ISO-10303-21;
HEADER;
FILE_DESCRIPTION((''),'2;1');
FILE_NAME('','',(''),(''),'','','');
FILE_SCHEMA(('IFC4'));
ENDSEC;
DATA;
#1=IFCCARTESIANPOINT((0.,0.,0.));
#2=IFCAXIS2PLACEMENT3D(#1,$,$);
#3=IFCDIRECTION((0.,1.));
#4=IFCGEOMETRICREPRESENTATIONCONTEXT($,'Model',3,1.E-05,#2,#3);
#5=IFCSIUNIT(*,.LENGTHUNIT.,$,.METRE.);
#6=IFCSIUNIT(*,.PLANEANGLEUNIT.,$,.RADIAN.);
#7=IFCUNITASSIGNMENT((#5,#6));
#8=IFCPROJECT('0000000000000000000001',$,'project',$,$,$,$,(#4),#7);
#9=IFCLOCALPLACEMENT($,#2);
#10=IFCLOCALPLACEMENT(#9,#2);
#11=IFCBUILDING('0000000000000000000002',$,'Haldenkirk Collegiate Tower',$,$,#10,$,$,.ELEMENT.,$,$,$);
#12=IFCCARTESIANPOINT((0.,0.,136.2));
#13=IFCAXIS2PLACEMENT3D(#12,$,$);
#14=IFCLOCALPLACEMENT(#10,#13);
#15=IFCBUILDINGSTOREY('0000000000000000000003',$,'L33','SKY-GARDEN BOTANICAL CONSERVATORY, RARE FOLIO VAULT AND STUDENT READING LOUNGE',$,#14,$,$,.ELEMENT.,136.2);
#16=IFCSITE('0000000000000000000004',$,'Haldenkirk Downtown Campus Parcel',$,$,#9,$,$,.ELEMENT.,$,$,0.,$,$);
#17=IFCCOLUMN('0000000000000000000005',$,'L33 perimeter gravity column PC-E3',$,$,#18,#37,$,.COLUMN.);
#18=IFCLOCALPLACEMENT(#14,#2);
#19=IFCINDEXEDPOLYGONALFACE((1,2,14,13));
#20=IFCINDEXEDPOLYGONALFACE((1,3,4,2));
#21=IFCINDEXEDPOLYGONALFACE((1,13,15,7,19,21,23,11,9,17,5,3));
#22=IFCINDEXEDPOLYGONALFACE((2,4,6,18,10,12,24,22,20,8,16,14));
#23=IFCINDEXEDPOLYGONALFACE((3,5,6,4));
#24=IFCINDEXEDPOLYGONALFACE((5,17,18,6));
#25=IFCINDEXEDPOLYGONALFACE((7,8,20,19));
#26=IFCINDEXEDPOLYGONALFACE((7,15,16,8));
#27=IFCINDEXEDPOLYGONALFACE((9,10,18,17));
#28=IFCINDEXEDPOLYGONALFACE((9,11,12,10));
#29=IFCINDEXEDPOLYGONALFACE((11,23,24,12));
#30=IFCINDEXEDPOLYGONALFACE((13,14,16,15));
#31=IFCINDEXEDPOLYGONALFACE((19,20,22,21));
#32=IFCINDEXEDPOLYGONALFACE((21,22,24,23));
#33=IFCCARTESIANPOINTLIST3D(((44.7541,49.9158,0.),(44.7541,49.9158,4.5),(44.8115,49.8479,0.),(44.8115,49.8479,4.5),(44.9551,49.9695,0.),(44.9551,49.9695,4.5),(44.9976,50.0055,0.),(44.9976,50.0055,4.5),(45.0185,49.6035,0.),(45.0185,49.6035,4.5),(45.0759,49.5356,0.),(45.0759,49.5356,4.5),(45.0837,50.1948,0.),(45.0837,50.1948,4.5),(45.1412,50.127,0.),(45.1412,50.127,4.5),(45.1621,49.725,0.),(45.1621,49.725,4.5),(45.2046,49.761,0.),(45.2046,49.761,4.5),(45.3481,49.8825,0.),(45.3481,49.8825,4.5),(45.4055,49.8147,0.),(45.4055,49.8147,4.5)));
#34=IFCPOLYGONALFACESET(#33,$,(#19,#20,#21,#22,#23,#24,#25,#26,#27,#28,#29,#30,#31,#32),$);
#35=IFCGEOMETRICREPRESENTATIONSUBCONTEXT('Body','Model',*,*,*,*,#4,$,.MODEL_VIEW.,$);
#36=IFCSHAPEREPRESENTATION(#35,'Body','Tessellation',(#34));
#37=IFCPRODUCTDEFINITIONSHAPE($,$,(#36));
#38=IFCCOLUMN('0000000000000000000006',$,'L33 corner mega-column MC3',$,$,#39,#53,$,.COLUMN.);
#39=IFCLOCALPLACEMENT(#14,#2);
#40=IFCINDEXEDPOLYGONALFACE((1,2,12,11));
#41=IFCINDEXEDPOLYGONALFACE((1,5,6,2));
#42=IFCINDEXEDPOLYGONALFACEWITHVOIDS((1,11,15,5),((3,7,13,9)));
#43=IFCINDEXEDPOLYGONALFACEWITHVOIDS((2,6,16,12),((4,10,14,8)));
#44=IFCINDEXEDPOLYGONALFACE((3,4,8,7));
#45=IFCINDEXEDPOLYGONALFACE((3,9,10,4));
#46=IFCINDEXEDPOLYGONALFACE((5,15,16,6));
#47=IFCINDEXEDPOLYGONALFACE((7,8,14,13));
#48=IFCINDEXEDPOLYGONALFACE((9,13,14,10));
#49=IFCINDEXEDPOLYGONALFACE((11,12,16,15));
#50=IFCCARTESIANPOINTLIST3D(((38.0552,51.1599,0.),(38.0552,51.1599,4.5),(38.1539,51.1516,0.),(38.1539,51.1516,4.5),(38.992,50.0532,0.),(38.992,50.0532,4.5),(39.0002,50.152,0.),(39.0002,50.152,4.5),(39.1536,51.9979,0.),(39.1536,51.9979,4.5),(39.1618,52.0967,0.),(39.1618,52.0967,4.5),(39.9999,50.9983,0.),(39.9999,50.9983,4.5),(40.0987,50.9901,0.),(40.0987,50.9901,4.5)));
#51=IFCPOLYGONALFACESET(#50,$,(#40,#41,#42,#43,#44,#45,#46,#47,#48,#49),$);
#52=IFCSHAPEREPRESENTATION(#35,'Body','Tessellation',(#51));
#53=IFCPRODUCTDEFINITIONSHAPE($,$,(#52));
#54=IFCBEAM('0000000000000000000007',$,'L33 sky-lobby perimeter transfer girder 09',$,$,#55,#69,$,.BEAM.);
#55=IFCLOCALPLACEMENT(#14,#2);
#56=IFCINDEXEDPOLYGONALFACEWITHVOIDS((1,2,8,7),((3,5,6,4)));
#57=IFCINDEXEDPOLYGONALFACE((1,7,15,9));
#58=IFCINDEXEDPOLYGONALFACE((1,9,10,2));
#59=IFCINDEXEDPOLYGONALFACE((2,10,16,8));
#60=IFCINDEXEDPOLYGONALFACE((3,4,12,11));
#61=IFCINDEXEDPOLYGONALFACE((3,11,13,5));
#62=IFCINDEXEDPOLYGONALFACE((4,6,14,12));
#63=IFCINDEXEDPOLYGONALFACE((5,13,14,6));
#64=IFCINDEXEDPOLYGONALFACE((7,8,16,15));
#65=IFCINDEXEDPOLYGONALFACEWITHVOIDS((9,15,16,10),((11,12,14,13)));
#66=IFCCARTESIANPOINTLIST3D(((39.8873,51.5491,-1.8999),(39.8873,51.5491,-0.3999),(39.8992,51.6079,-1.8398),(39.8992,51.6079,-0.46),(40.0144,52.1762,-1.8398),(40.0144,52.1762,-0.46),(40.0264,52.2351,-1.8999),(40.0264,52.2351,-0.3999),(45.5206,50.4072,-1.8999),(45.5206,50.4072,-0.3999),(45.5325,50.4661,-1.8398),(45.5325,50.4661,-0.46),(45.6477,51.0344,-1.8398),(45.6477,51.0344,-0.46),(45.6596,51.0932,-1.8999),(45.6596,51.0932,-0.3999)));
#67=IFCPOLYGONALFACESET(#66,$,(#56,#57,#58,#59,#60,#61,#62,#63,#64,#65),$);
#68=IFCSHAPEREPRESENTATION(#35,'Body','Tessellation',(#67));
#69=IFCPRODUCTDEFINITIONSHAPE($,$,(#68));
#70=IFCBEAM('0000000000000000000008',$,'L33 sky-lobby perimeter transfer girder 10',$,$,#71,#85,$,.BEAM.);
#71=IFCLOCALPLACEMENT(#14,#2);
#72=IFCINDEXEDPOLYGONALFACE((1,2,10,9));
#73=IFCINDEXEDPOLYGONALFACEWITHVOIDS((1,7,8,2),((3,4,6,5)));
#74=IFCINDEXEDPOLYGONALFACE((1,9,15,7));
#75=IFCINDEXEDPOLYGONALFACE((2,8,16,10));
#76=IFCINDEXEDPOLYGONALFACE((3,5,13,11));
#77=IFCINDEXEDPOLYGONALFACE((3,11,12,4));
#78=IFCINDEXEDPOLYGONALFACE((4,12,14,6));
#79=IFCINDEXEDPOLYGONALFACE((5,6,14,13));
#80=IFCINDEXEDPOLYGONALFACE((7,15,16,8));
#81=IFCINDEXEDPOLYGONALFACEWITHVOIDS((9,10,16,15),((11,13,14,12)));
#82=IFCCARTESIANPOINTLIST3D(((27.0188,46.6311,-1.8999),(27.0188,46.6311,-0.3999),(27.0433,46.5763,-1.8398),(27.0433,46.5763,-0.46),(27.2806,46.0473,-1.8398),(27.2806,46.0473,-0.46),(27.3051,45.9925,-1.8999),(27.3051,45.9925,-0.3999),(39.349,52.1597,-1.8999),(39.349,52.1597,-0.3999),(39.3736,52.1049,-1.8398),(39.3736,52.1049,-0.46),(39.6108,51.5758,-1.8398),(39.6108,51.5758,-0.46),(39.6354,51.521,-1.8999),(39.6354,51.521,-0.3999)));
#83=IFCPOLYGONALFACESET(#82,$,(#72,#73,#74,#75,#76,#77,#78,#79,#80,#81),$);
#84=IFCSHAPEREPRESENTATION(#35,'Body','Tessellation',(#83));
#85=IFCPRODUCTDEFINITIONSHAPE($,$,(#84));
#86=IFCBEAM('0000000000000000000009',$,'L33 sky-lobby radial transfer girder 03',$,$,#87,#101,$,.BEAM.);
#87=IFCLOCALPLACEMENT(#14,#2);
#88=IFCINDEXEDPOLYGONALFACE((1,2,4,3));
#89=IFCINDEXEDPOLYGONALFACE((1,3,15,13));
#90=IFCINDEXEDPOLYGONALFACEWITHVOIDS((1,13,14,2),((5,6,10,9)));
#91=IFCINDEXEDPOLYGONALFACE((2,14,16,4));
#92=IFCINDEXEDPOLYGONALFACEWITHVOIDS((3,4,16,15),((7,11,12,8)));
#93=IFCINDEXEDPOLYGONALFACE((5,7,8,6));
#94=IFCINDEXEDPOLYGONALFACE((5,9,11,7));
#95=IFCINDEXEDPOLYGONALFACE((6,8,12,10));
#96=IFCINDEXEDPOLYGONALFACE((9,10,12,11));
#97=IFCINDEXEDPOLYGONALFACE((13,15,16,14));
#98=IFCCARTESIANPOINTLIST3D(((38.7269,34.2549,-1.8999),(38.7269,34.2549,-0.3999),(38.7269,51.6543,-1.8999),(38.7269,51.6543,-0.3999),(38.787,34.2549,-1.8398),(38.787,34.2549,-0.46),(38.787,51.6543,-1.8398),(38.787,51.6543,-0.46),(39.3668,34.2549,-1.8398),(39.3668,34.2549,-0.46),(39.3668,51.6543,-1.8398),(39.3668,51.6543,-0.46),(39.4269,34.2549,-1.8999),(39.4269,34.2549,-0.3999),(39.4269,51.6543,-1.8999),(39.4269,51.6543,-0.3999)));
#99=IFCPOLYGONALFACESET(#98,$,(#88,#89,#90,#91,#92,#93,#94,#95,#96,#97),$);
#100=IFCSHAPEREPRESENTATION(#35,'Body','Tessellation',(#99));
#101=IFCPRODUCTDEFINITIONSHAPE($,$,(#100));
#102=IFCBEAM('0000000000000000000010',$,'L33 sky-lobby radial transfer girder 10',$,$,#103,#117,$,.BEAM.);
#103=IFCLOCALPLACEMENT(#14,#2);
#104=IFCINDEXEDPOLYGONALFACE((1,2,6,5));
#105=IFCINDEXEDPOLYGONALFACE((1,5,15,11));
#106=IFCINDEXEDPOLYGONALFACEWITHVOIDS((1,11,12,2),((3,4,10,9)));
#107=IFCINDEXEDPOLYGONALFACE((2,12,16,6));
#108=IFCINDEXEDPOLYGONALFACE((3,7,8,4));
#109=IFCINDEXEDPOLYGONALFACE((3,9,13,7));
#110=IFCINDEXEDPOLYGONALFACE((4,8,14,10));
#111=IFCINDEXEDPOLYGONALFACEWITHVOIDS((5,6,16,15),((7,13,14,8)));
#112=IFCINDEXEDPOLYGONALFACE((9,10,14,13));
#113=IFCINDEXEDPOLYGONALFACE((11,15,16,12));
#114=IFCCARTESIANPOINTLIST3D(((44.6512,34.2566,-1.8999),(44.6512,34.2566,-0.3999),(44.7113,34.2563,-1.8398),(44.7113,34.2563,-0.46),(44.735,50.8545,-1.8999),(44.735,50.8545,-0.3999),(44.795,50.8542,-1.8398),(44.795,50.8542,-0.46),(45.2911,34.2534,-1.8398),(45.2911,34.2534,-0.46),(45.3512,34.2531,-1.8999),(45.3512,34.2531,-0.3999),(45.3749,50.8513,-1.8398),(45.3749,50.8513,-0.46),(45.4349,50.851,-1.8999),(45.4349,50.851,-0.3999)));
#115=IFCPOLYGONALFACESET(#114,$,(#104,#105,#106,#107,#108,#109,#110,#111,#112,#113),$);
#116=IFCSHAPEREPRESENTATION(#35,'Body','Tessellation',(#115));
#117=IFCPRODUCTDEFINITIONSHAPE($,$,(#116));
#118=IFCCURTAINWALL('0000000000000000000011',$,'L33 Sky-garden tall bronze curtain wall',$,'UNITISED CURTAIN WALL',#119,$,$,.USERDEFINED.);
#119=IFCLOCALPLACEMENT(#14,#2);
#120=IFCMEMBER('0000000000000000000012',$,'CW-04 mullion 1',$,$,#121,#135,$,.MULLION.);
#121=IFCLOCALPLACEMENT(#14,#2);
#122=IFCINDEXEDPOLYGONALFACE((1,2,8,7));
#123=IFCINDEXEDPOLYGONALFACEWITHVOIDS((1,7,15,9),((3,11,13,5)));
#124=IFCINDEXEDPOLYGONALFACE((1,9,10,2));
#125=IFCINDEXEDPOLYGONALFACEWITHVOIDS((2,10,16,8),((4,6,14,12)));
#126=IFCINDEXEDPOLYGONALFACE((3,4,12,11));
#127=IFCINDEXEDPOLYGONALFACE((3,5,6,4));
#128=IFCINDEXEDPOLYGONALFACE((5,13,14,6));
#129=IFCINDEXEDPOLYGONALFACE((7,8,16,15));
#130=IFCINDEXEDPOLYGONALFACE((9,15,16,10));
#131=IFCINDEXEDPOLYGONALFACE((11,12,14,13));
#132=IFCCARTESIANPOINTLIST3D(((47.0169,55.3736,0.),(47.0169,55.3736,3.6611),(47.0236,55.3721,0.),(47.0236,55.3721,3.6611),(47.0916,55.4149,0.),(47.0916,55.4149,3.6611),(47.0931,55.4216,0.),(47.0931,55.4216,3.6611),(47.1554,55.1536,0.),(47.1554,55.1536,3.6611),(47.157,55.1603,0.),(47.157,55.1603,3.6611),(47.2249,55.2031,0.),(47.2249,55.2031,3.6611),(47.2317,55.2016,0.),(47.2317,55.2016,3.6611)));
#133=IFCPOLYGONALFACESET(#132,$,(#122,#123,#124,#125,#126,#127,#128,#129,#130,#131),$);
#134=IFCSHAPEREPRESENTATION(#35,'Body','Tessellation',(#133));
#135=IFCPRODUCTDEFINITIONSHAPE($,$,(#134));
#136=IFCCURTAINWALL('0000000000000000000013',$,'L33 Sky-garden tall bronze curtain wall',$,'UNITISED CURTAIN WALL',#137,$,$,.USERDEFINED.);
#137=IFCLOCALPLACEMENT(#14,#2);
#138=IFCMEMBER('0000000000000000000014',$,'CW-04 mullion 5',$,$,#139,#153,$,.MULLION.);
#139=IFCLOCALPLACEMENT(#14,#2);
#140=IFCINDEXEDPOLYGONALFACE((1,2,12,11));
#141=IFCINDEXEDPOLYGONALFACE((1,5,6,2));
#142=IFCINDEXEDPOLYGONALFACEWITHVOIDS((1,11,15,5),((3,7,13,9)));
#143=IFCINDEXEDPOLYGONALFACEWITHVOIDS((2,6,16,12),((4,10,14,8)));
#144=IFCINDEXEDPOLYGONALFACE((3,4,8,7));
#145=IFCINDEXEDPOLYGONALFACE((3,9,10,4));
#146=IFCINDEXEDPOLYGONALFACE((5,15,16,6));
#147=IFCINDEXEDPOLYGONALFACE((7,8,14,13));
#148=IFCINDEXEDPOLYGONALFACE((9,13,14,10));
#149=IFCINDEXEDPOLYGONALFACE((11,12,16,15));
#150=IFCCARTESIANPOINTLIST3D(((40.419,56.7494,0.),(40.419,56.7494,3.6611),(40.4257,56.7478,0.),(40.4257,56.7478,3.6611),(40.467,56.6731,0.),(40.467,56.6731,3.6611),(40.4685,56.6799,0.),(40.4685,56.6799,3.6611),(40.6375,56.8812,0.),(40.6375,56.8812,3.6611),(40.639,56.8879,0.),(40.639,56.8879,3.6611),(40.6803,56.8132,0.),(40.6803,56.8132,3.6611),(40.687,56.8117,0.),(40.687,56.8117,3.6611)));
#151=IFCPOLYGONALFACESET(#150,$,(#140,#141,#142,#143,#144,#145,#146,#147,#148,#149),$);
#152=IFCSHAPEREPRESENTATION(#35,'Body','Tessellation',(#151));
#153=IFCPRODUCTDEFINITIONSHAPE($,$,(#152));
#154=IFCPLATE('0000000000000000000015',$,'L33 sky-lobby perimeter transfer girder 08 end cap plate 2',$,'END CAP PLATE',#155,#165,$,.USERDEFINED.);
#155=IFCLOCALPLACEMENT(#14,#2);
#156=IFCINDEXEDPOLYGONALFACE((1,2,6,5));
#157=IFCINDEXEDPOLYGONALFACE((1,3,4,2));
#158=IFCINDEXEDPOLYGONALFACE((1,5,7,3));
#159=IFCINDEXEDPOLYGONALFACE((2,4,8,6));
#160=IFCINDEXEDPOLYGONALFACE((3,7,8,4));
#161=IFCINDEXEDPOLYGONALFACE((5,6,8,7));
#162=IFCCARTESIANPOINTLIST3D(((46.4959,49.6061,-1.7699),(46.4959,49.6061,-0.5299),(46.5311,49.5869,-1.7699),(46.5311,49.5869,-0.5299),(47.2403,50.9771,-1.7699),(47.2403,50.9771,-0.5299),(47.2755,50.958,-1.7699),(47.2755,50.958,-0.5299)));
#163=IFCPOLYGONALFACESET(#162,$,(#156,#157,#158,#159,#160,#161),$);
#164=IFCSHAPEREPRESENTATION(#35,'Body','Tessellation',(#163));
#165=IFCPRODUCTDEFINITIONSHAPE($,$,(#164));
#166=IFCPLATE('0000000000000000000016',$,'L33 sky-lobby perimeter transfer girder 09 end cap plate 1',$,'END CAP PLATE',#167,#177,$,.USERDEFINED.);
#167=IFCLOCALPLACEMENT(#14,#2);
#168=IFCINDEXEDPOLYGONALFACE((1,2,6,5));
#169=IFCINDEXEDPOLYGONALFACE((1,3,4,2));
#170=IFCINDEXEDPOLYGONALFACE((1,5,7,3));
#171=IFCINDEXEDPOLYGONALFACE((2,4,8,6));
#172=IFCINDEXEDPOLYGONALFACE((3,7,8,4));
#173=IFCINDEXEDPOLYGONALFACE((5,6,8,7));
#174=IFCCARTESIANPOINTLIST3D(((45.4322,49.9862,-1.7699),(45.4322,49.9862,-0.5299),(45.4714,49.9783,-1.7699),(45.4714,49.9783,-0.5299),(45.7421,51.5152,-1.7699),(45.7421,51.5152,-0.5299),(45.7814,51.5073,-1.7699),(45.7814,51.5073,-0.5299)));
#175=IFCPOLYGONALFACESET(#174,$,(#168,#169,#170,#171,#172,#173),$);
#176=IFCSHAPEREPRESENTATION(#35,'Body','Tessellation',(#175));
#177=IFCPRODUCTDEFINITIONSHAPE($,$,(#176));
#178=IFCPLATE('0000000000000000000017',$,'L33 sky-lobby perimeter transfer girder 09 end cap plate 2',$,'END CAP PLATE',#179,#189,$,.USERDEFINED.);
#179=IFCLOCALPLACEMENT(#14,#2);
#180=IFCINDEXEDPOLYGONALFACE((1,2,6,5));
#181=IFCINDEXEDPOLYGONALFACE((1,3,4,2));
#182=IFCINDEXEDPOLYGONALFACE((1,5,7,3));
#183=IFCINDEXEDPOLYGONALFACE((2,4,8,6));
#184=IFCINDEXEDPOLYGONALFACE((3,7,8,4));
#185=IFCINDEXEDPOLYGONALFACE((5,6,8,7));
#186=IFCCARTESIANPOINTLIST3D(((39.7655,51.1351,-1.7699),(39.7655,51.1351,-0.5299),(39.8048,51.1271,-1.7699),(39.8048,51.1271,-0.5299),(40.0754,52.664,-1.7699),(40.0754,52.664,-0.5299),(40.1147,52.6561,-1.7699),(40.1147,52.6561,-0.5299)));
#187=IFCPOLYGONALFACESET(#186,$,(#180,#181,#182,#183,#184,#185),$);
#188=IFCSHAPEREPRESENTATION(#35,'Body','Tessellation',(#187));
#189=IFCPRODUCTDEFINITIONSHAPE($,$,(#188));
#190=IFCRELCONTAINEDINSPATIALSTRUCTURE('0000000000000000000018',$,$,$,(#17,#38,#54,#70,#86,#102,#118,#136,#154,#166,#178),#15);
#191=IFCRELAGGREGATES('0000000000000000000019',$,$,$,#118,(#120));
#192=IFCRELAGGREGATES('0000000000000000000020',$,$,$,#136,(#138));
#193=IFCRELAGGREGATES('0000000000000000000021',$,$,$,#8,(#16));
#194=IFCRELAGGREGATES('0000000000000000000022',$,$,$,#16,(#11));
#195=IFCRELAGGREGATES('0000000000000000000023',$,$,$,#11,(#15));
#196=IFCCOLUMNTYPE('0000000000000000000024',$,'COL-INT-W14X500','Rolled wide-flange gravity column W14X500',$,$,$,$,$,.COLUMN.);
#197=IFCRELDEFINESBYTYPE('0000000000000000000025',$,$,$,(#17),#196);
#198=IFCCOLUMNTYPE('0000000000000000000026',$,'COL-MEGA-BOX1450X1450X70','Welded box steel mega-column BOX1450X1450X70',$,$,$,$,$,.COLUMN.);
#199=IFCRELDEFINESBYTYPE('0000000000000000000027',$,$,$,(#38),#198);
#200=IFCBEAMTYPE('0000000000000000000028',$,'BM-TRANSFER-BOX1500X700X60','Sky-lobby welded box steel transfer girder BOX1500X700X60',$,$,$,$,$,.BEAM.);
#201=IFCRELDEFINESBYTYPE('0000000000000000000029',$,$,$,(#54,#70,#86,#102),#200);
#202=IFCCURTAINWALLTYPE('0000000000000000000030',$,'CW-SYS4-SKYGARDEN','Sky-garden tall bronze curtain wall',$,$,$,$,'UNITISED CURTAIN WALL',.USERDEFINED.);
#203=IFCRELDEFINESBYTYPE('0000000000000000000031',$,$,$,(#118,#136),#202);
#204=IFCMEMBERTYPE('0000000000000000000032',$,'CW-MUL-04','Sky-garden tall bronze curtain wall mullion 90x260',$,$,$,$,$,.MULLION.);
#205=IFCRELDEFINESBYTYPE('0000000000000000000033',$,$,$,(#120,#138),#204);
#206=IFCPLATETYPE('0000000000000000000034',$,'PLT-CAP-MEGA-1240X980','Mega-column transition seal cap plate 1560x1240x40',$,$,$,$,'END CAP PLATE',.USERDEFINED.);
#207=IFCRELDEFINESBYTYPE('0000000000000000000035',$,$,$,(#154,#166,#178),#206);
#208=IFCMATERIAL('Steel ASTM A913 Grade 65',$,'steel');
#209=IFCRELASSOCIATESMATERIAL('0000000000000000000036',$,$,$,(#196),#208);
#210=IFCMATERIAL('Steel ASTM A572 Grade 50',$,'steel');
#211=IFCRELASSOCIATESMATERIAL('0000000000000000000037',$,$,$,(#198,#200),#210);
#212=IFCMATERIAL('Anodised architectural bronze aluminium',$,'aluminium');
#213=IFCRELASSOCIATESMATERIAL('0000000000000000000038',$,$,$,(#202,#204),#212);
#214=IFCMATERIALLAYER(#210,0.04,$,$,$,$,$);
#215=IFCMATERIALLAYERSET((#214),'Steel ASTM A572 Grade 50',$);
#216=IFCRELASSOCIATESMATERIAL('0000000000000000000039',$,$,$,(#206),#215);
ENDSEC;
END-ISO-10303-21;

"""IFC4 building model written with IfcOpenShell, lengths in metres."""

from ifc_helpers import new_model, si_unit, direction, frame, origin, origin_2d, place, context, subcontext, project, spatial, rectangle, hollow_rectangle, i_section, extrude, source, transform, mapped, material, layer, layer_set, material_profile, profile_set, type_object, element, aggregate, save


model = new_model("IFC4")

# Units and contexts
model_context = context("Model", 3, precision=1e-05, world=origin(), true_north=direction((0.0, 1.0)))
body_context = subcontext(model_context, "Body", "Model", "MODEL_VIEW")
ifc_project = project(units=[si_unit("LENGTHUNIT", "METRE"), si_unit("PLANEANGLEUNIT", "RADIAN")], contexts=[model_context])

# Site, building, storey
site_placement = place(None, origin())
site = spatial("IfcSite", under=ifc_project, at=site_placement, Name="Haldenkirk Downtown Campus Parcel", CompositionType="ELEMENT", RefElevation=0.0)
building_placement = place(site_placement, origin())
building = spatial("IfcBuilding", under=site, at=building_placement, Name="Haldenkirk Collegiate Tower", CompositionType="ELEMENT")
storey_placement = place(building_placement, frame((0.0, 0.0, 136.2)))
storey = spatial("IfcBuildingStorey", under=building, at=storey_placement, Name="L33", Description="SKY-GARDEN BOTANICAL CONSERVATORY, RARE FOLIO VAULT AND STUDENT READING LOUNGE", CompositionType="ELEMENT", Elevation=136.2)

# Columns
ifc_material_1 = material(Name="Steel ASTM A913 Grade 65", Category="steel")
ifc_material_profile_1 = material_profile(ifc_material_1, i_section(OverallWidth=0.4319, OverallDepth=0.498, WebThickness=0.0557, FlangeThickness=0.0889, at=origin_2d()), Name="W14X500")
ifc_profile_set_1 = profile_set([ifc_material_profile_1], Name="Steel ASTM A913 Grade 65")
column_type_1 = type_object("IfcColumnType", Name="COL-INT-W14X500", Description="Rolled wide-flange gravity column W14X500", PredefinedType="COLUMN", material=ifc_profile_set_1)
column_1_placement = place(storey_placement, frame((45.0798, 49.8652, 0.0), z_axis=(0.0, 0.0, 1.0), x_axis=(0.763232, 0.646124, 0.0)))
element("IfcColumn", 1, at=column_1_placement, inside=storey, type_object=column_type_1, Name="L33 perimeter gravity column PC-E3", PredefinedType="COLUMN", context=body_context, shape_type="SweptSolid", body=[
    extrude(i_section(OverallWidth=0.4319, OverallDepth=0.498, WebThickness=0.0557, FlangeThickness=0.0889, at=origin_2d()), origin(), (0.0, 0.0, 1.0), 4.5),
])
ifc_material_2 = material(Name="Steel ASTM A572 Grade 50", Category="steel")
ifc_material_profile_2 = material_profile(ifc_material_2, hollow_rectangle(XDim=1.45, YDim=1.45, WallThickness=0.0701, at=origin_2d()), Name="BOX1450X1450X70")
ifc_profile_set_2 = profile_set([ifc_material_profile_2], Name="Steel ASTM A572 Grade 50")
column_type_2 = type_object("IfcColumnType", Name="COL-MEGA-BOX1450X1450X70", Description="Welded box steel mega-column BOX1450X1450X70", PredefinedType="COLUMN", material=ifc_profile_set_2)
column_2_placement = place(storey_placement, frame((39.0769, 51.075, 0.0), z_axis=(0.0, 0.0, 1.0), x_axis=(0.763232, 0.646124, 0.0)))
element("IfcColumn", 2, at=column_2_placement, inside=storey, type_object=column_type_2, Name="L33 corner mega-column MC3", PredefinedType="COLUMN", context=body_context, shape_type="SweptSolid", body=[
    extrude(hollow_rectangle(XDim=1.45, YDim=1.45, WallThickness=0.0701, at=origin_2d()), origin(), (0.0, 0.0, 1.0), 4.5),
])

# Beams
ifc_material_profile_3 = material_profile(ifc_material_2, hollow_rectangle(XDim=0.7, YDim=1.5, WallThickness=0.0601, at=origin_2d()), Name="BOX1500X700X60")
ifc_profile_set_3 = profile_set([ifc_material_profile_3], Name="Steel ASTM A572 Grade 50")
beam_type = type_object("IfcBeamType", Name="BM-TRANSFER-BOX1500X700X60", Description="Sky-lobby welded box steel transfer girder BOX1500X700X60", PredefinedType="BEAM", material=ifc_profile_set_3)
beam_1_placement = place(storey_placement, frame((45.5901, 50.7502, -1.1499), z_axis=(-0.980069, 0.198656, 0.0), x_axis=(-0.198656, -0.980069, 0.0)))
element("IfcBeam", 3, at=beam_1_placement, inside=storey, type_object=beam_type, Name="L33 sky-lobby perimeter transfer girder 09", PredefinedType="BEAM", context=body_context, shape_type="SweptSolid", body=[
    extrude(hollow_rectangle(XDim=0.7, YDim=1.5, WallThickness=0.0601, at=origin_2d()), origin(), (0.0, 0.0, 1.0), 5.7478),
])
beam_2_placement = place(storey_placement, frame((39.4922, 51.8403, -1.1499), z_axis=(-0.912477, -0.409129, 0.0), x_axis=(0.409129, -0.912477, 0.0)))
element("IfcBeam", 4, at=beam_2_placement, inside=storey, type_object=beam_type, Name="L33 sky-lobby perimeter transfer girder 10", PredefinedType="BEAM", context=body_context, shape_type="SweptSolid", body=[
    extrude(hollow_rectangle(XDim=0.7, YDim=1.5, WallThickness=0.0601, at=origin_2d()), origin(), (0.0, 0.0, 1.0), 13.5129),
])
beam_3_placement = place(storey_placement, frame((39.0769, 51.6543, -1.1499), z_axis=(0.0, -1.0, 0.0), x_axis=(1.0, 0.0, 0.0)))
element("IfcBeam", 5, at=beam_3_placement, inside=storey, type_object=beam_type, Name="L33 sky-lobby radial transfer girder 03", PredefinedType="BEAM", context=body_context, shape_type="SweptSolid", body=[
    extrude(hollow_rectangle(XDim=0.7, YDim=1.5, WallThickness=0.0601, at=origin_2d()), origin(), (0.0, 0.0, 1.0), 17.3994),
])
beam_4_placement = place(storey_placement, frame((45.085, 50.8528, -1.1499), z_axis=(-0.005045, -0.999987, 0.0), x_axis=(0.999987, -0.005045, 0.0)))
element("IfcBeam", 6, at=beam_4_placement, inside=storey, type_object=beam_type, Name="L33 sky-lobby radial transfer girder 10", PredefinedType="BEAM", context=body_context, shape_type="SweptSolid", body=[
    extrude(hollow_rectangle(XDim=0.7, YDim=1.5, WallThickness=0.0601, at=origin_2d()), origin(), (0.0, 0.0, 1.0), 16.5981),
])

# Curtain walls, members
ifc_material_3 = material(Name="Anodised architectural bronze aluminium", Category="aluminium")
curtain_wall_type = type_object("IfcCurtainWallType", Name="CW-SYS4-SKYGARDEN", Description="Sky-garden tall bronze curtain wall", ElementType="UNITISED CURTAIN WALL", PredefinedType="USERDEFINED", material=ifc_material_3)
curtain_wall_1_placement = place(storey_placement, origin())
curtain_wall_1 = element("IfcCurtainWall", 7, at=curtain_wall_1_placement, inside=storey, type_object=curtain_wall_type, Name="L33 Sky-garden tall bronze curtain wall", ObjectType="UNITISED CURTAIN WALL", PredefinedType="USERDEFINED")
ifc_material_profile_4 = material_profile(ifc_material_3, hollow_rectangle(XDim=0.0901, YDim=0.26, WallThickness=0.0049, at=origin_2d()), Name="CW-MUL-04")
ifc_profile_set_4 = profile_set([ifc_material_profile_4], Name="Anodised architectural bronze aluminium")
member_type = type_object("IfcMemberType", Name="CW-MUL-04", Description="Sky-garden tall bronze curtain wall mullion 90x260", PredefinedType="MULLION", material=ifc_profile_set_4)
member_1_placement = place(storey_placement, frame((47.1243, 55.2876, 0.0), z_axis=(0.0, 0.0, 1.0), x_axis=(0.846193, 0.532877, 0.0)))
member_1 = element("IfcMember", 8, at=member_1_placement, type_object=member_type, Name="CW-04 mullion 1", PredefinedType="MULLION", context=body_context, shape_type="SweptSolid", body=[
    extrude(hollow_rectangle(XDim=0.0901, YDim=0.26, WallThickness=0.0049, at=origin_2d()), origin(), (0.0, 0.0, 1.0), 3.6611),
])
aggregate(curtain_wall_1, [member_1])
curtain_wall_2_placement = place(storey_placement, origin())
curtain_wall_2 = element("IfcCurtainWall", 9, at=curtain_wall_2_placement, inside=storey, type_object=curtain_wall_type, Name="L33 Sky-garden tall bronze curtain wall", ObjectType="UNITISED CURTAIN WALL", PredefinedType="USERDEFINED")
member_2_placement = place(storey_placement, frame((40.553, 56.7805, 0.0), z_axis=(0.0, 0.0, 1.0), x_axis=(-0.532877, 0.846193, 0.0)))
member_2 = element("IfcMember", 10, at=member_2_placement, type_object=member_type, Name="CW-04 mullion 5", PredefinedType="MULLION", context=body_context, shape_type="SweptSolid", body=[
    extrude(hollow_rectangle(XDim=0.0901, YDim=0.26, WallThickness=0.0049, at=origin_2d()), origin(), (0.0, 0.0, 1.0), 3.6611),
])

# Plates
ifc_layer_1 = layer(ifc_material_2, 0.04)
ifc_layer_set_1 = layer_set([ifc_layer_1], Name="Steel ASTM A572 Grade 50")
plate_type_1 = type_object("IfcPlateType", Name="PLT-CAP-MEGA-1240X980", Description="Mega-column transition seal cap plate 1560x1240x40", ElementType="END CAP PLATE", PredefinedType="USERDEFINED", material=ifc_layer_set_1)
shared_shape_1 = source(origin(), body_context, "Body", "SweptSolid", [
    extrude(rectangle(XDim=1.5601, YDim=1.24, at=origin_2d()), origin(), (0.0, 0.0, 1.0), 0.04),
])
for number, where, z_axis, x_axis, name in (
    (11, (46.9033, 50.2725, -1.1499), (-0.878827, 0.47714, 0.0), (-0.47714, -0.878827, 0.0), "L33 sky-lobby perimeter transfer girder 08 end cap plate 2"),
    (12, (45.5872, 50.7507, -1.1499), (0.980071, -0.198648, 0.0), (0.198648, 0.980071, 0.0), "L33 sky-lobby perimeter transfer girder 09 end cap plate 1"),
    (13, (39.9597, 51.8916, -1.1499), (-0.980071, 0.198648, 0.0), (-0.198648, -0.980071, 0.0), "L33 sky-lobby perimeter transfer girder 09 end cap plate 2"),
):
    element("IfcPlate", number, at=place(storey_placement, frame(where, z_axis=z_axis, x_axis=x_axis)), inside=storey, type_object=plate_type_1, Name=name, ObjectType="END CAP PLATE", PredefinedType="USERDEFINED", context=body_context, shape_type="MappedRepresentation", body=[
        mapped(shared_shape_1, transform((0.0, 0.0, 0.0), x_axis=(1.0, 0.0, 0.0), y_axis=(0.0, 1.0, 0.0), z_axis=(0.0, 0.0, 1.0), scale=1.0)),
    ])

aggregate(curtain_wall_2, [member_2])

save(model, "model.ifc")
